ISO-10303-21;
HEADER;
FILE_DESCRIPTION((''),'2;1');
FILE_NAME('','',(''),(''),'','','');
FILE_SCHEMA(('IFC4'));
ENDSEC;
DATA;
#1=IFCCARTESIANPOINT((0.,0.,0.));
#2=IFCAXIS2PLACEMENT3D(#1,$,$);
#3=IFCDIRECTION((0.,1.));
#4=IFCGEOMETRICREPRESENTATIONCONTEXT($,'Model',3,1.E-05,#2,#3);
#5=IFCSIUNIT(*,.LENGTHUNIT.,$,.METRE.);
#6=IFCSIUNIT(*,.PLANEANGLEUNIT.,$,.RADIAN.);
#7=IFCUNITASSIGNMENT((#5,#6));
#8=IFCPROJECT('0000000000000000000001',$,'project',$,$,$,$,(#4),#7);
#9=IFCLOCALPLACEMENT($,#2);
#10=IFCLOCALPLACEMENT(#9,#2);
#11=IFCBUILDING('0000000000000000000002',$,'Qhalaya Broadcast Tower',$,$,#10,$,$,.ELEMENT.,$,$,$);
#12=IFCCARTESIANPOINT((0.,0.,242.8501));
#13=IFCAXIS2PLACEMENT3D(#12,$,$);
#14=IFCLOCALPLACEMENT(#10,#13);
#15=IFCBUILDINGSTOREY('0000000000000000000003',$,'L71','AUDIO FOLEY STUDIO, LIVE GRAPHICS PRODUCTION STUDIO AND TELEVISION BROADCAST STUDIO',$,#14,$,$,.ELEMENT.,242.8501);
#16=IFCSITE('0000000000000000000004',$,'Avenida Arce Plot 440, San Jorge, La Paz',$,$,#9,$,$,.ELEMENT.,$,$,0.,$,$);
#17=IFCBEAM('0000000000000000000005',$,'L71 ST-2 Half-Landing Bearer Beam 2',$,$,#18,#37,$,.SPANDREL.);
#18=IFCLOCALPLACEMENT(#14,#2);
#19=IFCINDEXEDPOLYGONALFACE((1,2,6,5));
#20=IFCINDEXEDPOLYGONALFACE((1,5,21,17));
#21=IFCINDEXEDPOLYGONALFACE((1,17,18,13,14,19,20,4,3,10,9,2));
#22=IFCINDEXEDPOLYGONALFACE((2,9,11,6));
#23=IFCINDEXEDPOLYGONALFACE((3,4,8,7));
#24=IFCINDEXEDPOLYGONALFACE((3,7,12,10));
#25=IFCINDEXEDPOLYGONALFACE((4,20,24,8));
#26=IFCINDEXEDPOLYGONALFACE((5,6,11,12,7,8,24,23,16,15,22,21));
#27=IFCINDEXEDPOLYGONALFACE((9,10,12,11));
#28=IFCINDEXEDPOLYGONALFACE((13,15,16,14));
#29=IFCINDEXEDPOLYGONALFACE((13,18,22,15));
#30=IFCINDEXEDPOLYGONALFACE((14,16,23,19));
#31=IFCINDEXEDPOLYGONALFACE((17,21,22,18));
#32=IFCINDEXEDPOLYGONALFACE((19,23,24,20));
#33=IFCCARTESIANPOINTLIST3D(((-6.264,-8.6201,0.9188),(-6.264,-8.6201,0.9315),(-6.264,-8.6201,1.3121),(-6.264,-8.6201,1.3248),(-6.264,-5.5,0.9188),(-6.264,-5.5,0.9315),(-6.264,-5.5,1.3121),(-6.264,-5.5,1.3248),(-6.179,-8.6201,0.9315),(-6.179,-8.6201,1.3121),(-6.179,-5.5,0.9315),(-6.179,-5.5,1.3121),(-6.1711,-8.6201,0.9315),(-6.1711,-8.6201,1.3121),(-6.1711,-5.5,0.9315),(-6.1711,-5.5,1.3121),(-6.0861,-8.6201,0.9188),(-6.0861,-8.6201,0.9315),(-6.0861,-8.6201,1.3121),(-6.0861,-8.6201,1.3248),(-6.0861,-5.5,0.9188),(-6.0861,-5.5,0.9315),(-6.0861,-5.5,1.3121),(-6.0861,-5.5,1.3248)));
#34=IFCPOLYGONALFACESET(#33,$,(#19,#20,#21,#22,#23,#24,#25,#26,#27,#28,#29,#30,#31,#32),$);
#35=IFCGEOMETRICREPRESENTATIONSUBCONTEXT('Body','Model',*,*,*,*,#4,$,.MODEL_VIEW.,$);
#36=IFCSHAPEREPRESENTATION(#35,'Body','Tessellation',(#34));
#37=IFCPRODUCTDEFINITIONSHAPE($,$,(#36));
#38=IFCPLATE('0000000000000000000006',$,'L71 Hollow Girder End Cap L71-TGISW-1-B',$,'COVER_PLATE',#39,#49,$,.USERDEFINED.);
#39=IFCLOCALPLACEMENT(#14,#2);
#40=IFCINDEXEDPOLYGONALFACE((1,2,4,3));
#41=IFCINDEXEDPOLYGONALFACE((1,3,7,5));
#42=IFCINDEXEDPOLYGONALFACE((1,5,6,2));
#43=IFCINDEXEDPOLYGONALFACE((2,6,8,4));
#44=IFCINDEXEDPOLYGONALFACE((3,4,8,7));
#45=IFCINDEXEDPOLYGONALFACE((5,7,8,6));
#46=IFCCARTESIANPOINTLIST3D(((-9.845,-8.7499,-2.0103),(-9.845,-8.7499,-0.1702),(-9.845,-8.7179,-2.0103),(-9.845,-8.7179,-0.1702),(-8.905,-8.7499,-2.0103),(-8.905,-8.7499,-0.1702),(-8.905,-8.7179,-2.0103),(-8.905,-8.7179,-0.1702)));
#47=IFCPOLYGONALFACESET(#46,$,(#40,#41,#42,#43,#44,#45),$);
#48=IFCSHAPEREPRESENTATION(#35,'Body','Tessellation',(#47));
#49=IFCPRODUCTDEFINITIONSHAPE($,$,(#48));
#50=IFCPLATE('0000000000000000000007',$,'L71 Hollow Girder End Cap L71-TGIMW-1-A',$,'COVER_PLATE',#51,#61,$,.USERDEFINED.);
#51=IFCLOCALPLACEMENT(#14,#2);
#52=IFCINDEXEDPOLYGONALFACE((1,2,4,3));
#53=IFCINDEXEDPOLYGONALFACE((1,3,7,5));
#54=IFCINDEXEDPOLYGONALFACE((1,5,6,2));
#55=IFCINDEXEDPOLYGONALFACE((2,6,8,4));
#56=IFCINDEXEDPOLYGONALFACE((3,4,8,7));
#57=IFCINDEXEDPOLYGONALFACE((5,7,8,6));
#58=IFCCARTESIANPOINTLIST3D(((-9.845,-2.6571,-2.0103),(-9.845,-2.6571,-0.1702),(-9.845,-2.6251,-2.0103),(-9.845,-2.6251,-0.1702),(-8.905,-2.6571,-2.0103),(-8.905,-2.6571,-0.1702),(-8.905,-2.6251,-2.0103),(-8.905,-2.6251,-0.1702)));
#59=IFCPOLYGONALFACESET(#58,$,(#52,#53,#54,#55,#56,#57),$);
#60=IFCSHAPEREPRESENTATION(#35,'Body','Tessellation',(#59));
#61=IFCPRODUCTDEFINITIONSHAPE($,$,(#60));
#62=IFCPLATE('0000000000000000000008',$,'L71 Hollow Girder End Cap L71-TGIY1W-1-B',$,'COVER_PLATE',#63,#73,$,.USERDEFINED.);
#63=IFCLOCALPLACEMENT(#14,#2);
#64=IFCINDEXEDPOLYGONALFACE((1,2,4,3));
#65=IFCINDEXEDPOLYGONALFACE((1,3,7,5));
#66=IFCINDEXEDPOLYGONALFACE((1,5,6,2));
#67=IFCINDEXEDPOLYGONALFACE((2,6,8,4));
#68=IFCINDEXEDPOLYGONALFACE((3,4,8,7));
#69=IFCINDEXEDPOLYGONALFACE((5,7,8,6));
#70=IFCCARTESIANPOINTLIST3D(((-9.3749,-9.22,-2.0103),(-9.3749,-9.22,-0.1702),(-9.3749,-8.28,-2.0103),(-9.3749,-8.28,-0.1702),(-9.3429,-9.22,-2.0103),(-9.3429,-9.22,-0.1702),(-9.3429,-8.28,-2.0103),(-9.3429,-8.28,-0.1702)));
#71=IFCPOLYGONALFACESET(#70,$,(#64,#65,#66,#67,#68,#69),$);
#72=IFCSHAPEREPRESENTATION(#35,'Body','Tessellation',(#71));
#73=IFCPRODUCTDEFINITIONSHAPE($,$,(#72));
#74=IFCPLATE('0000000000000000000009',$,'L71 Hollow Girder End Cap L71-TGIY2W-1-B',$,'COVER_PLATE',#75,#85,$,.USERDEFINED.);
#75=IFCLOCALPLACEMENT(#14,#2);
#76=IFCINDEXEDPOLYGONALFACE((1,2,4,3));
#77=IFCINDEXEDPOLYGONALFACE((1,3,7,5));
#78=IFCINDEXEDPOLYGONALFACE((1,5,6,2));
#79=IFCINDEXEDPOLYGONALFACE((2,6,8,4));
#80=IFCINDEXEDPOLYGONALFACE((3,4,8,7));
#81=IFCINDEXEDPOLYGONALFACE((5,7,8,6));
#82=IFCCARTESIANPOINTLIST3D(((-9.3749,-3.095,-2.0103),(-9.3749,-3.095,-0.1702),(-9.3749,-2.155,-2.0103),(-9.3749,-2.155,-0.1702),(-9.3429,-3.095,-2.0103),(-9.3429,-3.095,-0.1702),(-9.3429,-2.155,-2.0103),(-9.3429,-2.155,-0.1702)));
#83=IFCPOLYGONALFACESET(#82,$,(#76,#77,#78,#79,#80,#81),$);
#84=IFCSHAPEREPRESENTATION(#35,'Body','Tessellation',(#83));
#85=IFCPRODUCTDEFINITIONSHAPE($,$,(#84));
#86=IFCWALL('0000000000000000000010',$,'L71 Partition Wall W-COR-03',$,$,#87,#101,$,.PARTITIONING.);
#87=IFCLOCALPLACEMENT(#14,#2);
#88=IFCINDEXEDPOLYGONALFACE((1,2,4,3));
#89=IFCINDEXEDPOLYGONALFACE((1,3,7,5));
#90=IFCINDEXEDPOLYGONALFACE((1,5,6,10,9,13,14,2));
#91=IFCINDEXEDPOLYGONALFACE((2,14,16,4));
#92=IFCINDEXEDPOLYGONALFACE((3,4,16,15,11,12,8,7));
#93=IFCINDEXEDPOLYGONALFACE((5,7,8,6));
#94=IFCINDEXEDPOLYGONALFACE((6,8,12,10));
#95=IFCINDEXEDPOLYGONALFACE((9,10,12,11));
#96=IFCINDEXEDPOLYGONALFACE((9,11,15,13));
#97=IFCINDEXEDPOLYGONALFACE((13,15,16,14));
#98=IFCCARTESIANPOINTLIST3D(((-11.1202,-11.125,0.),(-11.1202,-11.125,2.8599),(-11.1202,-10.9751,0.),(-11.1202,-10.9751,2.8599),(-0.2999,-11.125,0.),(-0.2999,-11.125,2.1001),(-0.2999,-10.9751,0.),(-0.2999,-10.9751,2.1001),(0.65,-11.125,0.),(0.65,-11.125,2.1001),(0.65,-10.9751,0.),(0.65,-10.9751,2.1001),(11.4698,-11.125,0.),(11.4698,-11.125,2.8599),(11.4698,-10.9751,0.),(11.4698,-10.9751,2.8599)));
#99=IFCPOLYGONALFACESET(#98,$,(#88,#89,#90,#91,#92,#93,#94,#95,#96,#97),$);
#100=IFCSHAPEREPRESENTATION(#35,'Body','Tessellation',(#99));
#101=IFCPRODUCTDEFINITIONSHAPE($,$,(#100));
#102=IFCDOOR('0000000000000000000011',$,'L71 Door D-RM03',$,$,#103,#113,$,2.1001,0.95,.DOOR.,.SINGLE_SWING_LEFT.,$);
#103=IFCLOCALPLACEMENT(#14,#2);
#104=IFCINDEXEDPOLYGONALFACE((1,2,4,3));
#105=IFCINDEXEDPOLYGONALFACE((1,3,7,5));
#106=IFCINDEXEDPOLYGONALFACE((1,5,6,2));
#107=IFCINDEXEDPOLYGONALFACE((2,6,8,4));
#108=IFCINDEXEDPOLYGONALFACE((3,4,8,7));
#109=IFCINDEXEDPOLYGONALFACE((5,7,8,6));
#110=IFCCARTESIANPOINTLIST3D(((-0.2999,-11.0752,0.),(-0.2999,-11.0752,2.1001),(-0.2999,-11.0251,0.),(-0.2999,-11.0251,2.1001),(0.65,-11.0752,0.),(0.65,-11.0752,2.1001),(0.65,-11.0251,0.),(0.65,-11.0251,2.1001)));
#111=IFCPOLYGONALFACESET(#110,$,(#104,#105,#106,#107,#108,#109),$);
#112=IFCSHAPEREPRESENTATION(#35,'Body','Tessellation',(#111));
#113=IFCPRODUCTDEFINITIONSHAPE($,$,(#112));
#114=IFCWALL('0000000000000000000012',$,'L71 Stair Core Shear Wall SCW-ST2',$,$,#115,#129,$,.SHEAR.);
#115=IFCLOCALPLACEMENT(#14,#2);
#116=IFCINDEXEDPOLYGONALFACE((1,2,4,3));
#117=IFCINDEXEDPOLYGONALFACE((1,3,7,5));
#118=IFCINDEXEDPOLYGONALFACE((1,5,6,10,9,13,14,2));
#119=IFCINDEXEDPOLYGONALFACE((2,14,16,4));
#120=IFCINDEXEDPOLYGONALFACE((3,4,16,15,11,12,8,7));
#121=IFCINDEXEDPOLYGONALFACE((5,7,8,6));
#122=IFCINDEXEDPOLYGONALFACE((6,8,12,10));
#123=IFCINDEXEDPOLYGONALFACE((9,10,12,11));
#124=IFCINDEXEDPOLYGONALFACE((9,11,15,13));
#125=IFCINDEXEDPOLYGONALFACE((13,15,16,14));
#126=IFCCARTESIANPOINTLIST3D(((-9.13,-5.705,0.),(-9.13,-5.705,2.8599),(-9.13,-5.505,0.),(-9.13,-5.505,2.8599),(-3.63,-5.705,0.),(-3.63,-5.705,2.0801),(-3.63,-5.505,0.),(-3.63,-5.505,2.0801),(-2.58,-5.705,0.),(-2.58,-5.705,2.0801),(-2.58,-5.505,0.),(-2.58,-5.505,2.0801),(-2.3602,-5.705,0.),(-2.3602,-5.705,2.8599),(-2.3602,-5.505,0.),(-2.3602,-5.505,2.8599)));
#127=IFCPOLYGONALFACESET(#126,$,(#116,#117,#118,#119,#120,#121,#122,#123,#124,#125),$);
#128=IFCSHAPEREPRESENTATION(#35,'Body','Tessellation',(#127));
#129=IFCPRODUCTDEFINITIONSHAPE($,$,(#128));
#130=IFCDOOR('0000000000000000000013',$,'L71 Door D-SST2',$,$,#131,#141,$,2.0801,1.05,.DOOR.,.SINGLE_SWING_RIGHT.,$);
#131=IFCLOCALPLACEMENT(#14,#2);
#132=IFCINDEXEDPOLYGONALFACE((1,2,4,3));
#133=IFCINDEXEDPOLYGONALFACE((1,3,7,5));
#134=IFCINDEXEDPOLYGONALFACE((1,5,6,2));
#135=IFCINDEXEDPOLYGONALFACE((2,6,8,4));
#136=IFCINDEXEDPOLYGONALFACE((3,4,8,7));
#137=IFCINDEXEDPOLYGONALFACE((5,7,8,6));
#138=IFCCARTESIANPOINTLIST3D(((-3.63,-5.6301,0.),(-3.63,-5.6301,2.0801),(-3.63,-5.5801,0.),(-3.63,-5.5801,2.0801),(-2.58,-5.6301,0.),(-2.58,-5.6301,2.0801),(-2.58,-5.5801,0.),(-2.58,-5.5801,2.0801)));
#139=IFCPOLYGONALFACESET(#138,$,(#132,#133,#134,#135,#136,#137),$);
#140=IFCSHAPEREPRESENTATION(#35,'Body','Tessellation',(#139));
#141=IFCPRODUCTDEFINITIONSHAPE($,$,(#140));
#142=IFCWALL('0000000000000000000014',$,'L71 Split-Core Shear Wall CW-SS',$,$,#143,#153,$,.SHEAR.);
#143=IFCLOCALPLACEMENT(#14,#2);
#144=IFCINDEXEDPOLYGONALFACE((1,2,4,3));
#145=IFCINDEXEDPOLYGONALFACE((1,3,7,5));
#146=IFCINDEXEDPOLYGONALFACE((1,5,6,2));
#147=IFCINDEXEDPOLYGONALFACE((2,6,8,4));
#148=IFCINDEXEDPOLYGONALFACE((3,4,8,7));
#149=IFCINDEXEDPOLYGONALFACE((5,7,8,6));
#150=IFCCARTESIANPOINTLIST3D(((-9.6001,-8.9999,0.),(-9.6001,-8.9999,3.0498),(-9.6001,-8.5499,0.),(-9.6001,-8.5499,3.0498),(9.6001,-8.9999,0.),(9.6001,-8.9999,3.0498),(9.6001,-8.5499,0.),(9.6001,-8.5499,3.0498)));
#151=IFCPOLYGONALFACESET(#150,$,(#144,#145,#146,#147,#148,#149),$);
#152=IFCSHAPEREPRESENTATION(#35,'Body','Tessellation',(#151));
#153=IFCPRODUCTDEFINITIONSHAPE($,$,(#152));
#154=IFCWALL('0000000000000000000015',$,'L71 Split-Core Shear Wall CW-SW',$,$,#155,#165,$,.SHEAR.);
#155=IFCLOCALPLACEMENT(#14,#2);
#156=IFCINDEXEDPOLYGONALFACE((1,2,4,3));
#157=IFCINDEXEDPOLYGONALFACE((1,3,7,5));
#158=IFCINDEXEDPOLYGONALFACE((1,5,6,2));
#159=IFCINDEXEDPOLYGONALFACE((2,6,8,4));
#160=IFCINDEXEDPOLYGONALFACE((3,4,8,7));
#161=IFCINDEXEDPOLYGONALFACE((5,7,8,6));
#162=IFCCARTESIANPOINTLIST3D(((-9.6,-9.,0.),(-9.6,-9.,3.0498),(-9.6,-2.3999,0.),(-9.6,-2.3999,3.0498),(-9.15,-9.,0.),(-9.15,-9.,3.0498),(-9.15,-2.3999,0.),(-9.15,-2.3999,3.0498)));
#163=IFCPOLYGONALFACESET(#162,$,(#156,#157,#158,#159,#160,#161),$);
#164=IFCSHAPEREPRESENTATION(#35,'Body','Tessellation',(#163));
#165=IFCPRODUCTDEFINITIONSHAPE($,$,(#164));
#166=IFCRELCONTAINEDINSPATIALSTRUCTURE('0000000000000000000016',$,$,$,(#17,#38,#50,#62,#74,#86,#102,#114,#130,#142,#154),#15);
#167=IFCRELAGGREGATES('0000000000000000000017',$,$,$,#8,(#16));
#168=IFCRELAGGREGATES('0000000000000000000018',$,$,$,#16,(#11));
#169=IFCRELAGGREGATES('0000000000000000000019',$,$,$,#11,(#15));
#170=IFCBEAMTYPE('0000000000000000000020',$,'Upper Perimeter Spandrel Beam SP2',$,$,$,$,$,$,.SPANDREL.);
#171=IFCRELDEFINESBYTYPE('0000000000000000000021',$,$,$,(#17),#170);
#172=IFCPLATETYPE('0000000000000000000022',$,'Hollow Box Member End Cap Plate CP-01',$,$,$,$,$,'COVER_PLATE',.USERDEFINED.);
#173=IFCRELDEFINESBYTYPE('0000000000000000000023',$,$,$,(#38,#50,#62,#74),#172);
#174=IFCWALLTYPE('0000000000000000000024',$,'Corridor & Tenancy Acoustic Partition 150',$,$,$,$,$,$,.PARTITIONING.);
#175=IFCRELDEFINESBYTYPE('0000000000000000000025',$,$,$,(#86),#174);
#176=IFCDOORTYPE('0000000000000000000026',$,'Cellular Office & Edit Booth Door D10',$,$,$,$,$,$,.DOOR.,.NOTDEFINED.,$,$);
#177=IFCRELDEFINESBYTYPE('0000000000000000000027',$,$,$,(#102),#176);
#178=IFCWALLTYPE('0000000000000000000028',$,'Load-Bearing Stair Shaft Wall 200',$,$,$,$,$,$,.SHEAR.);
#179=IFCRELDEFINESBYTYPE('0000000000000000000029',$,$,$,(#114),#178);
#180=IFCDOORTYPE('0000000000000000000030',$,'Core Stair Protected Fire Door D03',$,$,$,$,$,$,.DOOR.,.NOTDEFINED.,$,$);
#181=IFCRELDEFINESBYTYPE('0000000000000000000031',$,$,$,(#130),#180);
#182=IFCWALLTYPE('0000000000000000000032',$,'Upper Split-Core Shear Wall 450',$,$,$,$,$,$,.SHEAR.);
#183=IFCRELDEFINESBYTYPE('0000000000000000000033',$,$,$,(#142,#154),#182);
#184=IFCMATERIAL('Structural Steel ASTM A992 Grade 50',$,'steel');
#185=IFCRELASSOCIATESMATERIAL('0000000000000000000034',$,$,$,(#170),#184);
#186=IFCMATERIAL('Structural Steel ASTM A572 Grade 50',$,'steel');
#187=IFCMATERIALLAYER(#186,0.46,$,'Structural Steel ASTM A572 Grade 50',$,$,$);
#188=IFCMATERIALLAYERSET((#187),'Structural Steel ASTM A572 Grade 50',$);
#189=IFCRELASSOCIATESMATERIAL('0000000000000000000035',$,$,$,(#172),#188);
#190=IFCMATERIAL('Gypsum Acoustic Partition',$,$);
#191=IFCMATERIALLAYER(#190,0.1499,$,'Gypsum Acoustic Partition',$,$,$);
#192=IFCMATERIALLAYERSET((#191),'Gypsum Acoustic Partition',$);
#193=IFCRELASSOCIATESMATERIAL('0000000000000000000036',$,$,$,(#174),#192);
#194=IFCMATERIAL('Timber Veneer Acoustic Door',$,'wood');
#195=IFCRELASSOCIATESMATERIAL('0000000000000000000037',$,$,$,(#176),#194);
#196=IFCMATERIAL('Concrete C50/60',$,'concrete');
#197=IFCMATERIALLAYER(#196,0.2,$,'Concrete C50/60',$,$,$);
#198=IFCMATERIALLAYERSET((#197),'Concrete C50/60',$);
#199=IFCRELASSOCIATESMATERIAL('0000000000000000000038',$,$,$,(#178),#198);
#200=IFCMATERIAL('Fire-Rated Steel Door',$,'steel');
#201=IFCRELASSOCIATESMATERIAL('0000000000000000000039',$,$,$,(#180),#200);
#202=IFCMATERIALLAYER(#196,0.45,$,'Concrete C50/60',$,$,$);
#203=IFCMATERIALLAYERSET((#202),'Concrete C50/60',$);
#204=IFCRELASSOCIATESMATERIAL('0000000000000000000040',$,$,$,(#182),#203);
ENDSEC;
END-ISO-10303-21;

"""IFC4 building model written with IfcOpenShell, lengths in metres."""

from ifc_helpers import new_model, si_unit, direction, frame, frame_2d, origin, origin_2d, place, context, subcontext, project, spatial, rectangle, i_section, extrude, material, layer, layer_set, material_profile, profile_set, type_object, element, fill, save


model = new_model("IFC4")

# Units and contexts
model_context = context("Model", 3, precision=1e-05, world=origin(), true_north=direction((0.0, 1.0)))
body_context = subcontext(model_context, "Body", "Model", "MODEL_VIEW")
ifc_project = project(units=[si_unit("LENGTHUNIT", "METRE"), si_unit("PLANEANGLEUNIT", "RADIAN")], contexts=[model_context])

# Site, building, storey
site_placement = place(None, origin())
site = spatial("IfcSite", under=ifc_project, at=site_placement, Name="Avenida Arce Plot 440, San Jorge, La Paz", CompositionType="ELEMENT", RefElevation=0.0)
building_placement = place(site_placement, origin())
building = spatial("IfcBuilding", under=site, at=building_placement, Name="Qhalaya Broadcast Tower", CompositionType="ELEMENT")
storey_placement = place(building_placement, frame((0.0, 0.0, 242.8501)))
storey = spatial("IfcBuildingStorey", under=building, at=storey_placement, Name="L71", Description="AUDIO FOLEY STUDIO, LIVE GRAPHICS PRODUCTION STUDIO AND TELEVISION BROADCAST STUDIO", CompositionType="ELEMENT", Elevation=242.8501)

# Beam
ifc_material_1 = material(Name="Structural Steel ASTM A572 Grade 50", Category="steel")
ifc_material_2 = material(Name="Structural Steel ASTM A992 Grade 50", Category="steel")
ifc_material_profile_1 = material_profile(ifc_material_2, i_section(OverallWidth=0.178, OverallDepth=0.406, WebThickness=0.0078, FlangeThickness=0.0127, at=origin_2d()), Name="W16X40")
ifc_profile_set_1 = profile_set([ifc_material_profile_1], Name="Structural Steel ASTM A992 Grade 50")
beam_type_1 = type_object("IfcBeamType", Name="Upper Perimeter Spandrel Beam SP2", PredefinedType="SPANDREL", material=ifc_profile_set_1)
for number, where, z_axis, x_axis, name in (
    (1, (-6.175, -8.6201, 1.1218), (0.0, 1.0, 0.0), (-1.0, 0.0, 0.0), "L71 ST-2 Half-Landing Bearer Beam 2"),
):
    element("IfcBeam", number, at=place(storey_placement, frame(where, z_axis=z_axis, x_axis=x_axis)), inside=storey, type_object=beam_type_1, Name=name, PredefinedType="SPANDREL", context=body_context, shape_type="SweptSolid", body=[
        extrude(i_section(OverallWidth=0.178, OverallDepth=0.406, WebThickness=0.0078, FlangeThickness=0.0127, at=origin_2d()), origin(), (0.0, 0.0, 1.0), 3.1201),
    ])

# Plates
ifc_layer_1 = layer(ifc_material_1, 0.46, Name="Structural Steel ASTM A572 Grade 50")
ifc_layer_set_1 = layer_set([ifc_layer_1], Name="Structural Steel ASTM A572 Grade 50")
plate_type = type_object("IfcPlateType", Name="Hollow Box Member End Cap Plate CP-01", ElementType="COVER_PLATE", PredefinedType="USERDEFINED", material=ifc_layer_set_1)
for number, where, z_axis, x_axis, name in (
    (2, (-9.375, -8.7339, -2.0103), (0.0, 0.0, 1.0), (-1.0, 0.0, 0.0), "L71 Hollow Girder End Cap L71-TGISW-1-B"),
    (3, (-9.375, -2.6411, -2.0103), (0.0, 0.0, 1.0), (-1.0, 0.0, 0.0), "L71 Hollow Girder End Cap L71-TGIMW-1-A"),
    (4, (-9.3589, -8.75, -2.0103), (0.0, 0.0, 1.0), (0.0, 1.0, 0.0), "L71 Hollow Girder End Cap L71-TGIY1W-1-B"),
    (5, (-9.3589, -2.625, -2.0103), (0.0, 0.0, 1.0), (0.0, 1.0, 0.0), "L71 Hollow Girder End Cap L71-TGIY2W-1-B"),
):
    element("IfcPlate", number, at=place(storey_placement, frame(where, z_axis=z_axis, x_axis=x_axis)), inside=storey, type_object=plate_type, Name=name, ObjectType="COVER_PLATE", PredefinedType="USERDEFINED", context=body_context, shape_type="SweptSolid", body=[
        extrude(rectangle(XDim=0.9399, YDim=0.032, at=origin_2d()), origin(), (0.0, 0.0, 1.0), 1.8401),
    ])

# Walls, openings, doors
ifc_material_3 = material(Name="Gypsum Acoustic Partition")
ifc_layer_2 = layer(ifc_material_3, 0.1499, Name="Gypsum Acoustic Partition")
ifc_layer_set_2 = layer_set([ifc_layer_2], Name="Gypsum Acoustic Partition")
wall_type_1 = type_object("IfcWallType", Name="Corridor & Tenancy Acoustic Partition 150", PredefinedType="PARTITIONING", material=ifc_layer_set_2)
wall_1_placement = place(storey_placement, frame((-11.1201, -11.05, 0.0), z_axis=(0.0, 0.0, 1.0), x_axis=(1.0, 0.0, 0.0)))
wall_1 = element("IfcWall", 6, at=wall_1_placement, inside=storey, type_object=wall_type_1, Name="L71 Partition Wall W-COR-03", PredefinedType="PARTITIONING", context=body_context, shape_type="SweptSolid", body=[
    extrude(rectangle(XDim=22.5901, YDim=0.1499, at=frame_2d((11.2949, 0.0))), origin(), (0.0, 0.0, 1.0), 2.8599),
])
opening_1_placement = place(wall_1_placement, frame((10.8201, 0.0, 0.0)))
opening_1 = element("IfcOpeningElement", 7, at=opening_1_placement, cuts=wall_1, PredefinedType="OPENING", context=body_context, shape_type="SweptSolid", body=[
    extrude(rectangle(XDim=0.95, YDim=2.1001, at=frame_2d((0.4751, 1.05))), frame((0.0, 0.0869, 0.0), z_axis=(0.0, -1.0, 0.0), x_axis=(1.0, 0.0, 0.0)), (0.0, 0.0, 1.0), 0.1738),
])
ifc_material_4 = material(Name="Timber Veneer Acoustic Door", Category="wood")
door_type_1 = type_object("IfcDoorType", Name="Cellular Office & Edit Booth Door D10", OperationType="NOTDEFINED", PredefinedType="DOOR", material=ifc_material_4)
door_1_placement = place(opening_1_placement, origin())
door_1 = element("IfcDoor", 8, at=door_1_placement, inside=storey, type_object=door_type_1, Name="L71 Door D-RM03", OperationType="SINGLE_SWING_LEFT", OverallHeight=2.1001, OverallWidth=0.95, PredefinedType="DOOR", context=body_context, shape_type="SweptSolid", body=[
    extrude(rectangle(XDim=0.95, YDim=2.1001, at=frame_2d((0.4751, 1.05))), frame((0.0, 0.0249, 0.0), z_axis=(0.0, -1.0, 0.0), x_axis=(1.0, 0.0, 0.0)), (0.0, 0.0, 1.0), 0.05),
])
fill(opening_1, door_1)
ifc_material_5 = material(Name="Concrete C50/60", Category="concrete")
ifc_layer_3 = layer(ifc_material_5, 0.2, Name="Concrete C50/60")
ifc_layer_set_3 = layer_set([ifc_layer_3], Name="Concrete C50/60")
wall_type_2 = type_object("IfcWallType", Name="Load-Bearing Stair Shaft Wall 200", PredefinedType="SHEAR", material=ifc_layer_set_3)
wall_2_placement = place(storey_placement, frame((-9.1299, -5.605, 0.0), z_axis=(0.0, 0.0, 1.0), x_axis=(1.0, 0.0, 0.0)))
wall_2 = element("IfcWall", 9, at=wall_2_placement, inside=storey, type_object=wall_type_2, Name="L71 Stair Core Shear Wall SCW-ST2", PredefinedType="SHEAR", context=body_context, shape_type="SweptSolid", body=[
    extrude(rectangle(XDim=6.7698, YDim=0.2, at=frame_2d((3.3848, 0.0))), origin(), (0.0, 0.0, 1.0), 2.8599),
])
opening_2_placement = place(wall_2_placement, frame((5.5, 0.0, 0.0)))
opening_2 = element("IfcOpeningElement", 10, at=opening_2_placement, cuts=wall_2, PredefinedType="OPENING", context=body_context, shape_type="SweptSolid", body=[
    extrude(rectangle(XDim=1.05, YDim=2.0801, at=frame_2d((0.5249, 1.04))), frame((0.0, 0.1121, 0.0), z_axis=(0.0, -1.0, 0.0), x_axis=(1.0, 0.0, 0.0)), (0.0, 0.0, 1.0), 0.2239),
])
ifc_material_6 = material(Name="Fire-Rated Steel Door", Category="steel")
door_type_2 = type_object("IfcDoorType", Name="Core Stair Protected Fire Door D03", OperationType="NOTDEFINED", PredefinedType="DOOR", material=ifc_material_6)
door_2_placement = place(opening_2_placement, origin())
door_2 = element("IfcDoor", 11, at=door_2_placement, inside=storey, type_object=door_type_2, Name="L71 Door D-SST2", OperationType="SINGLE_SWING_RIGHT", OverallHeight=2.0801, OverallWidth=1.05, PredefinedType="DOOR", context=body_context, shape_type="SweptSolid", body=[
    extrude(rectangle(XDim=1.05, YDim=2.0801, at=frame_2d((0.5249, 1.04))), frame((0.0, 0.0249, 0.0), z_axis=(0.0, -1.0, 0.0), x_axis=(1.0, 0.0, 0.0)), (0.0, 0.0, 1.0), 0.05),
])
fill(opening_2, door_2)

# Wall
ifc_layer_4 = layer(ifc_material_5, 0.45, Name="Concrete C50/60")
ifc_layer_set_4 = layer_set([ifc_layer_4], Name="Concrete C50/60")
wall_type_3 = type_object("IfcWallType", Name="Upper Split-Core Shear Wall 450", PredefinedType="SHEAR", material=ifc_layer_set_4)
wall_3_placement = place(storey_placement, frame((-9.6001, -8.7749, 0.0), z_axis=(0.0, 0.0, 1.0), x_axis=(1.0, 0.0, 0.0)))
element("IfcWall", 12, at=wall_3_placement, inside=storey, type_object=wall_type_3, Name="L71 Split-Core Shear Wall CW-SS", PredefinedType="SHEAR", context=body_context, shape_type="SweptSolid", body=[
    extrude(rectangle(XDim=19.2002, YDim=0.45, at=frame_2d((9.6001, 0.0))), origin(), (0.0, 0.0, 1.0), 3.0498),
])

# Wall
wall_4_placement = place(storey_placement, frame((-9.375, -9.0, 0.0), z_axis=(0.0, 0.0, 1.0), x_axis=(0.0, 1.0, 0.0)))
element("IfcWall", 13, at=wall_4_placement, inside=storey, type_object=wall_type_3, Name="L71 Split-Core Shear Wall CW-SW", PredefinedType="SHEAR", context=body_context, shape_type="SweptSolid", body=[
    extrude(rectangle(XDim=6.6001, YDim=0.45, at=frame_2d((3.3, 0.0))), origin(), (0.0, 0.0, 1.0), 3.0498),
])

save(model, "model.ifc")
